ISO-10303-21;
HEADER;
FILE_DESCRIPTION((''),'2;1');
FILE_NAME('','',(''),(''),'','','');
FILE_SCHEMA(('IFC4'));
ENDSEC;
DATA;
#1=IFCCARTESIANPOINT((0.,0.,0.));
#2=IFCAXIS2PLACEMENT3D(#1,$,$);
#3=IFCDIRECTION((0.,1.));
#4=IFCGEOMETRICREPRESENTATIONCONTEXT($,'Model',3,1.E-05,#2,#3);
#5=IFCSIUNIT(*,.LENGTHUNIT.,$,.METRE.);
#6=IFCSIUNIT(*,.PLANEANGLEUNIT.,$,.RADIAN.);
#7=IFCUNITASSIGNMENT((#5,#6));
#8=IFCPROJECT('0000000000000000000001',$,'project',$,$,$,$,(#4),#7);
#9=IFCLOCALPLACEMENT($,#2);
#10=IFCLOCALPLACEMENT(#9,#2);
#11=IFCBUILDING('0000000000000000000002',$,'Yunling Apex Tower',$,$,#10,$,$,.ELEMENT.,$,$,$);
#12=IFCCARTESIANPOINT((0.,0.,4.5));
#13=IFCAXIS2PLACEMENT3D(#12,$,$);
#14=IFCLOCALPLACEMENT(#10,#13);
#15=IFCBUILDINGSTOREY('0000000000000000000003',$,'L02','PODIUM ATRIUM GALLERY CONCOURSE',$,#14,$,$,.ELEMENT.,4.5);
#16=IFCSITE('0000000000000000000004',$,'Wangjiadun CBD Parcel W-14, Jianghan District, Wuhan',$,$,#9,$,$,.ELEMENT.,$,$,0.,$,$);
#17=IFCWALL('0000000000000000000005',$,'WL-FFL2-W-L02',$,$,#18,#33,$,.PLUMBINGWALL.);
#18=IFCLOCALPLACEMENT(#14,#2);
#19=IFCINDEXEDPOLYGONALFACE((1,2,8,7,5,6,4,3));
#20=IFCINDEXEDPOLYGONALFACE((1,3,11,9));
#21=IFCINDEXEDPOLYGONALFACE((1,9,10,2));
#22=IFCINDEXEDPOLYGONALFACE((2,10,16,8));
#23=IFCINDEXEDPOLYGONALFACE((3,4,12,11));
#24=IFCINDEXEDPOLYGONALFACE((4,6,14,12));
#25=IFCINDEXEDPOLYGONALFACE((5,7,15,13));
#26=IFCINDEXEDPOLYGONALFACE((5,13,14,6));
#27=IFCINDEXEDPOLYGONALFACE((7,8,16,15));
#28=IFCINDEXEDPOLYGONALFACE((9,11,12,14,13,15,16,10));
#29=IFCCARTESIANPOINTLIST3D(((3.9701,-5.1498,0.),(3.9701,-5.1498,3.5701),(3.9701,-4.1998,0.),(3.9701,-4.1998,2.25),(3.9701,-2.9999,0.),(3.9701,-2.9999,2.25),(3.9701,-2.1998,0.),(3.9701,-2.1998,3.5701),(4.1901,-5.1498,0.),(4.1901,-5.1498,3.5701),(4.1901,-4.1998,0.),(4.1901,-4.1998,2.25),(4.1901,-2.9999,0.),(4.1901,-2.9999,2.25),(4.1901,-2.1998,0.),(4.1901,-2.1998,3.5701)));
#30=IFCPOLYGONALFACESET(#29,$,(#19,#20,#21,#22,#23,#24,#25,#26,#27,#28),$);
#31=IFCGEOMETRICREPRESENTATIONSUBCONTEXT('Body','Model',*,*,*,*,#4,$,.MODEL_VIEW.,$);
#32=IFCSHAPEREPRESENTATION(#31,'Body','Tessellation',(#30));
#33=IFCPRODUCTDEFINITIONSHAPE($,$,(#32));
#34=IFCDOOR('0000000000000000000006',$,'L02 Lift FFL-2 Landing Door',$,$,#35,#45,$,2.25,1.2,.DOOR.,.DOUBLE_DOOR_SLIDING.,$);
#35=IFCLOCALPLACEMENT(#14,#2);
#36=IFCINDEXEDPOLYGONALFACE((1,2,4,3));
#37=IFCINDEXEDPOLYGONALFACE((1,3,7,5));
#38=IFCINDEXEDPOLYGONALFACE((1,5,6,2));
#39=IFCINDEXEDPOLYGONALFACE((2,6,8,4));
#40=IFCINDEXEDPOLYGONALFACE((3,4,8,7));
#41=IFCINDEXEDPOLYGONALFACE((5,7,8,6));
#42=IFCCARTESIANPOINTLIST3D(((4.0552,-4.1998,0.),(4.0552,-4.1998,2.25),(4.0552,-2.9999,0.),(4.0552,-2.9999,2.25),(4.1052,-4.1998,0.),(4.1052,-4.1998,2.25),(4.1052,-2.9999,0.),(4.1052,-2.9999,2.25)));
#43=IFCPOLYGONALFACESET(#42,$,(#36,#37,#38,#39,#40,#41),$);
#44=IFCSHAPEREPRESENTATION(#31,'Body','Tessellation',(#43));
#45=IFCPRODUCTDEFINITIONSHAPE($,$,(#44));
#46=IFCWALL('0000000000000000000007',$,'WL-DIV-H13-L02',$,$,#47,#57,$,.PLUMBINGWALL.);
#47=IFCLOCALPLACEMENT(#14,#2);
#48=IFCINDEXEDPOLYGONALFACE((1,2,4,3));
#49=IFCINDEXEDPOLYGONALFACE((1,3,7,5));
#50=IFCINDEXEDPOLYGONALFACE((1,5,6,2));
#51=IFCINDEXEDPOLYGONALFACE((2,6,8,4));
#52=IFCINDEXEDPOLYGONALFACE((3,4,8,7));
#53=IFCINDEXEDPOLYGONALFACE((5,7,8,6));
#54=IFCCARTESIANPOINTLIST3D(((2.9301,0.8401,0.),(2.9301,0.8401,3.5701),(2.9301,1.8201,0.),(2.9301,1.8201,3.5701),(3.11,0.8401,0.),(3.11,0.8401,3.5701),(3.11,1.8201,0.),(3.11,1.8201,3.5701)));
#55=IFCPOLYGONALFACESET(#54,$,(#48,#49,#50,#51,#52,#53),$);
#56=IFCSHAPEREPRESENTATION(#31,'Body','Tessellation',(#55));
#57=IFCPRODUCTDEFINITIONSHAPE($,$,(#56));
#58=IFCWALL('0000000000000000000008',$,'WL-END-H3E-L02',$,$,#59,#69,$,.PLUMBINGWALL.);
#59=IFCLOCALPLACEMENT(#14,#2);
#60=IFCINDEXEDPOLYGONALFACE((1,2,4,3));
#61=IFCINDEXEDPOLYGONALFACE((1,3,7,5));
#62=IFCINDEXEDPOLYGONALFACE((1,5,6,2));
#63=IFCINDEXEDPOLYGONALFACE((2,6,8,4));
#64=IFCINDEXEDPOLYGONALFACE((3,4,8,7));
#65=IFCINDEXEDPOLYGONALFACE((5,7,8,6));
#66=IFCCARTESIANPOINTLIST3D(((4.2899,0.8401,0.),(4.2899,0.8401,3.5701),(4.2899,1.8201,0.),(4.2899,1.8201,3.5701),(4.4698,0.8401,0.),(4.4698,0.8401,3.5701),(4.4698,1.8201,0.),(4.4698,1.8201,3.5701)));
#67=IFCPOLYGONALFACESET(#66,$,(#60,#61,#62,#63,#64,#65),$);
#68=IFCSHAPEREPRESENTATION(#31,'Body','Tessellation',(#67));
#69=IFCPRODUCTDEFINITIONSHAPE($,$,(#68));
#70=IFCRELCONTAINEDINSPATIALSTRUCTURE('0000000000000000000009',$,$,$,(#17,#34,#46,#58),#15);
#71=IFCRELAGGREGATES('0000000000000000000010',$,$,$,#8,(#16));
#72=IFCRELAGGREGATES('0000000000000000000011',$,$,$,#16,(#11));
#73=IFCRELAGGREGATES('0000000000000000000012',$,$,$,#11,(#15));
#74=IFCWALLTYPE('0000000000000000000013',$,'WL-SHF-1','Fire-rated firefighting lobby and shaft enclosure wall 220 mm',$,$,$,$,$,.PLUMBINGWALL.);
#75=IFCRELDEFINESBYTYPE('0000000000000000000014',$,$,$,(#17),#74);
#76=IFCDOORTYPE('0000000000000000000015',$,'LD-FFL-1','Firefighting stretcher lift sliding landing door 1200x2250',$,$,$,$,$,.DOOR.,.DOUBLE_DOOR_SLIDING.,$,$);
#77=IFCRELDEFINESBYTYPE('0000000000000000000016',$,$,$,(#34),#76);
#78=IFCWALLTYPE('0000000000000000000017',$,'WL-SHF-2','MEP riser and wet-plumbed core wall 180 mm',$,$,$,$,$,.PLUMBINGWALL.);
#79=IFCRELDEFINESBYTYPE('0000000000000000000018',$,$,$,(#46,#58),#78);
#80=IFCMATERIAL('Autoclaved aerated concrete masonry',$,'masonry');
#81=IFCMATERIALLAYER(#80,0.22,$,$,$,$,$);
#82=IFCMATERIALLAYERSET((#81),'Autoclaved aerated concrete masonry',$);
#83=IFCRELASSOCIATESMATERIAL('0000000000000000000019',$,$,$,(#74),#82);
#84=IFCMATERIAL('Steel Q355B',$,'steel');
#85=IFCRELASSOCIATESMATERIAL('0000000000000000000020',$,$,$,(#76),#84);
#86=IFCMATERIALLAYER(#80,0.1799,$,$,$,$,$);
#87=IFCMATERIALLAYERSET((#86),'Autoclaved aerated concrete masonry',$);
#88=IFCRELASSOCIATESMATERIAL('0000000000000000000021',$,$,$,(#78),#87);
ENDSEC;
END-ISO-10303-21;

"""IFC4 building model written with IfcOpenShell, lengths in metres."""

from ifc_helpers import new_model, si_unit, direction, frame, frame_2d, origin, place, context, subcontext, project, spatial, rectangle, extrude, material, layer, layer_set, type_object, element, fill, save


model = new_model("IFC4")

# Units and contexts
model_context = context("Model", 3, precision=1e-05, world=origin(), true_north=direction((0.0, 1.0)))
body_context = subcontext(model_context, "Body", "Model", "MODEL_VIEW")
ifc_project = project(units=[si_unit("LENGTHUNIT", "METRE"), si_unit("PLANEANGLEUNIT", "RADIAN")], contexts=[model_context])

# Site, building, storey
site_placement = place(None, origin())
site = spatial("IfcSite", under=ifc_project, at=site_placement, Name="Wangjiadun CBD Parcel W-14, Jianghan District, Wuhan", CompositionType="ELEMENT", RefElevation=0.0)
building_placement = place(site_placement, origin())
building = spatial("IfcBuilding", under=site, at=building_placement, Name="Yunling Apex Tower", CompositionType="ELEMENT")
storey_placement = place(building_placement, frame((0.0, 0.0, 4.5)))
storey = spatial("IfcBuildingStorey", under=building, at=storey_placement, Name="L02", Description="PODIUM ATRIUM GALLERY CONCOURSE", CompositionType="ELEMENT", Elevation=4.5)

# Shared definitions
ifc_material_1 = material(Name="Steel Q355B", Category="steel")

# Wall, opening, door
ifc_material_2 = material(Name="Autoclaved aerated concrete masonry", Category="masonry")
ifc_layer_1 = layer(ifc_material_2, 0.22)
ifc_layer_set_1 = layer_set([ifc_layer_1], Name="Autoclaved aerated concrete masonry")
wall_type_1 = type_object("IfcWallType", Name="WL-SHF-1", Description="Fire-rated firefighting lobby and shaft enclosure wall 220 mm", PredefinedType="PLUMBINGWALL", material=ifc_layer_set_1)
door_type = type_object("IfcDoorType", Name="LD-FFL-1", Description="Firefighting stretcher lift sliding landing door 1200x2250", OperationType="DOUBLE_DOOR_SLIDING", PredefinedType="DOOR", material=ifc_material_1)
wall_1_placement = place(storey_placement, frame((4.0801, -5.1499, 0.0), z_axis=(0.0, 0.0, 1.0), x_axis=(0.0, 1.0, 0.0)))
wall_1 = element("IfcWall", 1, at=wall_1_placement, inside=storey, type_object=wall_type_1, Name="WL-FFL2-W-L02", PredefinedType="PLUMBINGWALL", context=body_context, shape_type="SweptSolid", body=[
    extrude(rectangle(XDim=2.95, YDim=0.22, at=frame_2d((1.4751, 0.0))), origin(), (0.0, 0.0, 1.0), 3.5701),
])
opening_1_placement = place(wall_1_placement, frame((0.95, 0.0, 0.0)))
opening_1 = element("IfcOpeningElement", 2, at=opening_1_placement, cuts=wall_1, PredefinedType="OPENING", context=body_context, shape_type="SweptSolid", body=[
    extrude(rectangle(XDim=1.2, YDim=2.25, at=frame_2d((0.6001, 1.125))), frame((0.0, 0.1201, 0.0), z_axis=(0.0, -1.0, 0.0), x_axis=(1.0, 0.0, 0.0)), (0.0, 0.0, 1.0), 0.24),
])
door_1_placement = place(opening_1_placement, origin())
door_1 = element("IfcDoor", 3, at=door_1_placement, inside=storey, type_object=door_type, Name="L02 Lift FFL-2 Landing Door", OperationType="DOUBLE_DOOR_SLIDING", OverallHeight=2.25, OverallWidth=1.2, PredefinedType="DOOR", context=body_context, shape_type="SweptSolid", body=[
    extrude(rectangle(XDim=1.2, YDim=2.25, at=frame_2d((0.6001, 1.125))), frame((0.0, 0.0249, 0.0), z_axis=(0.0, -1.0, 0.0), x_axis=(1.0, 0.0, 0.0)), (0.0, 0.0, 1.0), 0.05),
])
fill(opening_1, door_1)

# Walls
ifc_layer_2 = layer(ifc_material_2, 0.1799)
ifc_layer_set_2 = layer_set([ifc_layer_2], Name="Autoclaved aerated concrete masonry")
wall_type_2 = type_object("IfcWallType", Name="WL-SHF-2", Description="MEP riser and wet-plumbed core wall 180 mm", PredefinedType="PLUMBINGWALL", material=ifc_layer_set_2)
for number, where, z_axis, x_axis, name in (
    (4, (3.02, 0.8401, 0.0), (0.0, 0.0, 1.0), (0.0, 1.0, 0.0), "WL-DIV-H13-L02"),
    (5, (4.3799, 0.8401, 0.0), (0.0, 0.0, 1.0), (0.0, 1.0, 0.0), "WL-END-H3E-L02"),
):
    element("IfcWall", number, at=place(storey_placement, frame(where, z_axis=z_axis, x_axis=x_axis)), inside=storey, type_object=wall_type_2, Name=name, PredefinedType="PLUMBINGWALL", context=body_context, shape_type="SweptSolid", body=[
        extrude(rectangle(XDim=0.98, YDim=0.1799, at=frame_2d((0.49, 0.0))), origin(), (0.0, 0.0, 1.0), 3.5701),
    ])

save(model, "model.ifc")
